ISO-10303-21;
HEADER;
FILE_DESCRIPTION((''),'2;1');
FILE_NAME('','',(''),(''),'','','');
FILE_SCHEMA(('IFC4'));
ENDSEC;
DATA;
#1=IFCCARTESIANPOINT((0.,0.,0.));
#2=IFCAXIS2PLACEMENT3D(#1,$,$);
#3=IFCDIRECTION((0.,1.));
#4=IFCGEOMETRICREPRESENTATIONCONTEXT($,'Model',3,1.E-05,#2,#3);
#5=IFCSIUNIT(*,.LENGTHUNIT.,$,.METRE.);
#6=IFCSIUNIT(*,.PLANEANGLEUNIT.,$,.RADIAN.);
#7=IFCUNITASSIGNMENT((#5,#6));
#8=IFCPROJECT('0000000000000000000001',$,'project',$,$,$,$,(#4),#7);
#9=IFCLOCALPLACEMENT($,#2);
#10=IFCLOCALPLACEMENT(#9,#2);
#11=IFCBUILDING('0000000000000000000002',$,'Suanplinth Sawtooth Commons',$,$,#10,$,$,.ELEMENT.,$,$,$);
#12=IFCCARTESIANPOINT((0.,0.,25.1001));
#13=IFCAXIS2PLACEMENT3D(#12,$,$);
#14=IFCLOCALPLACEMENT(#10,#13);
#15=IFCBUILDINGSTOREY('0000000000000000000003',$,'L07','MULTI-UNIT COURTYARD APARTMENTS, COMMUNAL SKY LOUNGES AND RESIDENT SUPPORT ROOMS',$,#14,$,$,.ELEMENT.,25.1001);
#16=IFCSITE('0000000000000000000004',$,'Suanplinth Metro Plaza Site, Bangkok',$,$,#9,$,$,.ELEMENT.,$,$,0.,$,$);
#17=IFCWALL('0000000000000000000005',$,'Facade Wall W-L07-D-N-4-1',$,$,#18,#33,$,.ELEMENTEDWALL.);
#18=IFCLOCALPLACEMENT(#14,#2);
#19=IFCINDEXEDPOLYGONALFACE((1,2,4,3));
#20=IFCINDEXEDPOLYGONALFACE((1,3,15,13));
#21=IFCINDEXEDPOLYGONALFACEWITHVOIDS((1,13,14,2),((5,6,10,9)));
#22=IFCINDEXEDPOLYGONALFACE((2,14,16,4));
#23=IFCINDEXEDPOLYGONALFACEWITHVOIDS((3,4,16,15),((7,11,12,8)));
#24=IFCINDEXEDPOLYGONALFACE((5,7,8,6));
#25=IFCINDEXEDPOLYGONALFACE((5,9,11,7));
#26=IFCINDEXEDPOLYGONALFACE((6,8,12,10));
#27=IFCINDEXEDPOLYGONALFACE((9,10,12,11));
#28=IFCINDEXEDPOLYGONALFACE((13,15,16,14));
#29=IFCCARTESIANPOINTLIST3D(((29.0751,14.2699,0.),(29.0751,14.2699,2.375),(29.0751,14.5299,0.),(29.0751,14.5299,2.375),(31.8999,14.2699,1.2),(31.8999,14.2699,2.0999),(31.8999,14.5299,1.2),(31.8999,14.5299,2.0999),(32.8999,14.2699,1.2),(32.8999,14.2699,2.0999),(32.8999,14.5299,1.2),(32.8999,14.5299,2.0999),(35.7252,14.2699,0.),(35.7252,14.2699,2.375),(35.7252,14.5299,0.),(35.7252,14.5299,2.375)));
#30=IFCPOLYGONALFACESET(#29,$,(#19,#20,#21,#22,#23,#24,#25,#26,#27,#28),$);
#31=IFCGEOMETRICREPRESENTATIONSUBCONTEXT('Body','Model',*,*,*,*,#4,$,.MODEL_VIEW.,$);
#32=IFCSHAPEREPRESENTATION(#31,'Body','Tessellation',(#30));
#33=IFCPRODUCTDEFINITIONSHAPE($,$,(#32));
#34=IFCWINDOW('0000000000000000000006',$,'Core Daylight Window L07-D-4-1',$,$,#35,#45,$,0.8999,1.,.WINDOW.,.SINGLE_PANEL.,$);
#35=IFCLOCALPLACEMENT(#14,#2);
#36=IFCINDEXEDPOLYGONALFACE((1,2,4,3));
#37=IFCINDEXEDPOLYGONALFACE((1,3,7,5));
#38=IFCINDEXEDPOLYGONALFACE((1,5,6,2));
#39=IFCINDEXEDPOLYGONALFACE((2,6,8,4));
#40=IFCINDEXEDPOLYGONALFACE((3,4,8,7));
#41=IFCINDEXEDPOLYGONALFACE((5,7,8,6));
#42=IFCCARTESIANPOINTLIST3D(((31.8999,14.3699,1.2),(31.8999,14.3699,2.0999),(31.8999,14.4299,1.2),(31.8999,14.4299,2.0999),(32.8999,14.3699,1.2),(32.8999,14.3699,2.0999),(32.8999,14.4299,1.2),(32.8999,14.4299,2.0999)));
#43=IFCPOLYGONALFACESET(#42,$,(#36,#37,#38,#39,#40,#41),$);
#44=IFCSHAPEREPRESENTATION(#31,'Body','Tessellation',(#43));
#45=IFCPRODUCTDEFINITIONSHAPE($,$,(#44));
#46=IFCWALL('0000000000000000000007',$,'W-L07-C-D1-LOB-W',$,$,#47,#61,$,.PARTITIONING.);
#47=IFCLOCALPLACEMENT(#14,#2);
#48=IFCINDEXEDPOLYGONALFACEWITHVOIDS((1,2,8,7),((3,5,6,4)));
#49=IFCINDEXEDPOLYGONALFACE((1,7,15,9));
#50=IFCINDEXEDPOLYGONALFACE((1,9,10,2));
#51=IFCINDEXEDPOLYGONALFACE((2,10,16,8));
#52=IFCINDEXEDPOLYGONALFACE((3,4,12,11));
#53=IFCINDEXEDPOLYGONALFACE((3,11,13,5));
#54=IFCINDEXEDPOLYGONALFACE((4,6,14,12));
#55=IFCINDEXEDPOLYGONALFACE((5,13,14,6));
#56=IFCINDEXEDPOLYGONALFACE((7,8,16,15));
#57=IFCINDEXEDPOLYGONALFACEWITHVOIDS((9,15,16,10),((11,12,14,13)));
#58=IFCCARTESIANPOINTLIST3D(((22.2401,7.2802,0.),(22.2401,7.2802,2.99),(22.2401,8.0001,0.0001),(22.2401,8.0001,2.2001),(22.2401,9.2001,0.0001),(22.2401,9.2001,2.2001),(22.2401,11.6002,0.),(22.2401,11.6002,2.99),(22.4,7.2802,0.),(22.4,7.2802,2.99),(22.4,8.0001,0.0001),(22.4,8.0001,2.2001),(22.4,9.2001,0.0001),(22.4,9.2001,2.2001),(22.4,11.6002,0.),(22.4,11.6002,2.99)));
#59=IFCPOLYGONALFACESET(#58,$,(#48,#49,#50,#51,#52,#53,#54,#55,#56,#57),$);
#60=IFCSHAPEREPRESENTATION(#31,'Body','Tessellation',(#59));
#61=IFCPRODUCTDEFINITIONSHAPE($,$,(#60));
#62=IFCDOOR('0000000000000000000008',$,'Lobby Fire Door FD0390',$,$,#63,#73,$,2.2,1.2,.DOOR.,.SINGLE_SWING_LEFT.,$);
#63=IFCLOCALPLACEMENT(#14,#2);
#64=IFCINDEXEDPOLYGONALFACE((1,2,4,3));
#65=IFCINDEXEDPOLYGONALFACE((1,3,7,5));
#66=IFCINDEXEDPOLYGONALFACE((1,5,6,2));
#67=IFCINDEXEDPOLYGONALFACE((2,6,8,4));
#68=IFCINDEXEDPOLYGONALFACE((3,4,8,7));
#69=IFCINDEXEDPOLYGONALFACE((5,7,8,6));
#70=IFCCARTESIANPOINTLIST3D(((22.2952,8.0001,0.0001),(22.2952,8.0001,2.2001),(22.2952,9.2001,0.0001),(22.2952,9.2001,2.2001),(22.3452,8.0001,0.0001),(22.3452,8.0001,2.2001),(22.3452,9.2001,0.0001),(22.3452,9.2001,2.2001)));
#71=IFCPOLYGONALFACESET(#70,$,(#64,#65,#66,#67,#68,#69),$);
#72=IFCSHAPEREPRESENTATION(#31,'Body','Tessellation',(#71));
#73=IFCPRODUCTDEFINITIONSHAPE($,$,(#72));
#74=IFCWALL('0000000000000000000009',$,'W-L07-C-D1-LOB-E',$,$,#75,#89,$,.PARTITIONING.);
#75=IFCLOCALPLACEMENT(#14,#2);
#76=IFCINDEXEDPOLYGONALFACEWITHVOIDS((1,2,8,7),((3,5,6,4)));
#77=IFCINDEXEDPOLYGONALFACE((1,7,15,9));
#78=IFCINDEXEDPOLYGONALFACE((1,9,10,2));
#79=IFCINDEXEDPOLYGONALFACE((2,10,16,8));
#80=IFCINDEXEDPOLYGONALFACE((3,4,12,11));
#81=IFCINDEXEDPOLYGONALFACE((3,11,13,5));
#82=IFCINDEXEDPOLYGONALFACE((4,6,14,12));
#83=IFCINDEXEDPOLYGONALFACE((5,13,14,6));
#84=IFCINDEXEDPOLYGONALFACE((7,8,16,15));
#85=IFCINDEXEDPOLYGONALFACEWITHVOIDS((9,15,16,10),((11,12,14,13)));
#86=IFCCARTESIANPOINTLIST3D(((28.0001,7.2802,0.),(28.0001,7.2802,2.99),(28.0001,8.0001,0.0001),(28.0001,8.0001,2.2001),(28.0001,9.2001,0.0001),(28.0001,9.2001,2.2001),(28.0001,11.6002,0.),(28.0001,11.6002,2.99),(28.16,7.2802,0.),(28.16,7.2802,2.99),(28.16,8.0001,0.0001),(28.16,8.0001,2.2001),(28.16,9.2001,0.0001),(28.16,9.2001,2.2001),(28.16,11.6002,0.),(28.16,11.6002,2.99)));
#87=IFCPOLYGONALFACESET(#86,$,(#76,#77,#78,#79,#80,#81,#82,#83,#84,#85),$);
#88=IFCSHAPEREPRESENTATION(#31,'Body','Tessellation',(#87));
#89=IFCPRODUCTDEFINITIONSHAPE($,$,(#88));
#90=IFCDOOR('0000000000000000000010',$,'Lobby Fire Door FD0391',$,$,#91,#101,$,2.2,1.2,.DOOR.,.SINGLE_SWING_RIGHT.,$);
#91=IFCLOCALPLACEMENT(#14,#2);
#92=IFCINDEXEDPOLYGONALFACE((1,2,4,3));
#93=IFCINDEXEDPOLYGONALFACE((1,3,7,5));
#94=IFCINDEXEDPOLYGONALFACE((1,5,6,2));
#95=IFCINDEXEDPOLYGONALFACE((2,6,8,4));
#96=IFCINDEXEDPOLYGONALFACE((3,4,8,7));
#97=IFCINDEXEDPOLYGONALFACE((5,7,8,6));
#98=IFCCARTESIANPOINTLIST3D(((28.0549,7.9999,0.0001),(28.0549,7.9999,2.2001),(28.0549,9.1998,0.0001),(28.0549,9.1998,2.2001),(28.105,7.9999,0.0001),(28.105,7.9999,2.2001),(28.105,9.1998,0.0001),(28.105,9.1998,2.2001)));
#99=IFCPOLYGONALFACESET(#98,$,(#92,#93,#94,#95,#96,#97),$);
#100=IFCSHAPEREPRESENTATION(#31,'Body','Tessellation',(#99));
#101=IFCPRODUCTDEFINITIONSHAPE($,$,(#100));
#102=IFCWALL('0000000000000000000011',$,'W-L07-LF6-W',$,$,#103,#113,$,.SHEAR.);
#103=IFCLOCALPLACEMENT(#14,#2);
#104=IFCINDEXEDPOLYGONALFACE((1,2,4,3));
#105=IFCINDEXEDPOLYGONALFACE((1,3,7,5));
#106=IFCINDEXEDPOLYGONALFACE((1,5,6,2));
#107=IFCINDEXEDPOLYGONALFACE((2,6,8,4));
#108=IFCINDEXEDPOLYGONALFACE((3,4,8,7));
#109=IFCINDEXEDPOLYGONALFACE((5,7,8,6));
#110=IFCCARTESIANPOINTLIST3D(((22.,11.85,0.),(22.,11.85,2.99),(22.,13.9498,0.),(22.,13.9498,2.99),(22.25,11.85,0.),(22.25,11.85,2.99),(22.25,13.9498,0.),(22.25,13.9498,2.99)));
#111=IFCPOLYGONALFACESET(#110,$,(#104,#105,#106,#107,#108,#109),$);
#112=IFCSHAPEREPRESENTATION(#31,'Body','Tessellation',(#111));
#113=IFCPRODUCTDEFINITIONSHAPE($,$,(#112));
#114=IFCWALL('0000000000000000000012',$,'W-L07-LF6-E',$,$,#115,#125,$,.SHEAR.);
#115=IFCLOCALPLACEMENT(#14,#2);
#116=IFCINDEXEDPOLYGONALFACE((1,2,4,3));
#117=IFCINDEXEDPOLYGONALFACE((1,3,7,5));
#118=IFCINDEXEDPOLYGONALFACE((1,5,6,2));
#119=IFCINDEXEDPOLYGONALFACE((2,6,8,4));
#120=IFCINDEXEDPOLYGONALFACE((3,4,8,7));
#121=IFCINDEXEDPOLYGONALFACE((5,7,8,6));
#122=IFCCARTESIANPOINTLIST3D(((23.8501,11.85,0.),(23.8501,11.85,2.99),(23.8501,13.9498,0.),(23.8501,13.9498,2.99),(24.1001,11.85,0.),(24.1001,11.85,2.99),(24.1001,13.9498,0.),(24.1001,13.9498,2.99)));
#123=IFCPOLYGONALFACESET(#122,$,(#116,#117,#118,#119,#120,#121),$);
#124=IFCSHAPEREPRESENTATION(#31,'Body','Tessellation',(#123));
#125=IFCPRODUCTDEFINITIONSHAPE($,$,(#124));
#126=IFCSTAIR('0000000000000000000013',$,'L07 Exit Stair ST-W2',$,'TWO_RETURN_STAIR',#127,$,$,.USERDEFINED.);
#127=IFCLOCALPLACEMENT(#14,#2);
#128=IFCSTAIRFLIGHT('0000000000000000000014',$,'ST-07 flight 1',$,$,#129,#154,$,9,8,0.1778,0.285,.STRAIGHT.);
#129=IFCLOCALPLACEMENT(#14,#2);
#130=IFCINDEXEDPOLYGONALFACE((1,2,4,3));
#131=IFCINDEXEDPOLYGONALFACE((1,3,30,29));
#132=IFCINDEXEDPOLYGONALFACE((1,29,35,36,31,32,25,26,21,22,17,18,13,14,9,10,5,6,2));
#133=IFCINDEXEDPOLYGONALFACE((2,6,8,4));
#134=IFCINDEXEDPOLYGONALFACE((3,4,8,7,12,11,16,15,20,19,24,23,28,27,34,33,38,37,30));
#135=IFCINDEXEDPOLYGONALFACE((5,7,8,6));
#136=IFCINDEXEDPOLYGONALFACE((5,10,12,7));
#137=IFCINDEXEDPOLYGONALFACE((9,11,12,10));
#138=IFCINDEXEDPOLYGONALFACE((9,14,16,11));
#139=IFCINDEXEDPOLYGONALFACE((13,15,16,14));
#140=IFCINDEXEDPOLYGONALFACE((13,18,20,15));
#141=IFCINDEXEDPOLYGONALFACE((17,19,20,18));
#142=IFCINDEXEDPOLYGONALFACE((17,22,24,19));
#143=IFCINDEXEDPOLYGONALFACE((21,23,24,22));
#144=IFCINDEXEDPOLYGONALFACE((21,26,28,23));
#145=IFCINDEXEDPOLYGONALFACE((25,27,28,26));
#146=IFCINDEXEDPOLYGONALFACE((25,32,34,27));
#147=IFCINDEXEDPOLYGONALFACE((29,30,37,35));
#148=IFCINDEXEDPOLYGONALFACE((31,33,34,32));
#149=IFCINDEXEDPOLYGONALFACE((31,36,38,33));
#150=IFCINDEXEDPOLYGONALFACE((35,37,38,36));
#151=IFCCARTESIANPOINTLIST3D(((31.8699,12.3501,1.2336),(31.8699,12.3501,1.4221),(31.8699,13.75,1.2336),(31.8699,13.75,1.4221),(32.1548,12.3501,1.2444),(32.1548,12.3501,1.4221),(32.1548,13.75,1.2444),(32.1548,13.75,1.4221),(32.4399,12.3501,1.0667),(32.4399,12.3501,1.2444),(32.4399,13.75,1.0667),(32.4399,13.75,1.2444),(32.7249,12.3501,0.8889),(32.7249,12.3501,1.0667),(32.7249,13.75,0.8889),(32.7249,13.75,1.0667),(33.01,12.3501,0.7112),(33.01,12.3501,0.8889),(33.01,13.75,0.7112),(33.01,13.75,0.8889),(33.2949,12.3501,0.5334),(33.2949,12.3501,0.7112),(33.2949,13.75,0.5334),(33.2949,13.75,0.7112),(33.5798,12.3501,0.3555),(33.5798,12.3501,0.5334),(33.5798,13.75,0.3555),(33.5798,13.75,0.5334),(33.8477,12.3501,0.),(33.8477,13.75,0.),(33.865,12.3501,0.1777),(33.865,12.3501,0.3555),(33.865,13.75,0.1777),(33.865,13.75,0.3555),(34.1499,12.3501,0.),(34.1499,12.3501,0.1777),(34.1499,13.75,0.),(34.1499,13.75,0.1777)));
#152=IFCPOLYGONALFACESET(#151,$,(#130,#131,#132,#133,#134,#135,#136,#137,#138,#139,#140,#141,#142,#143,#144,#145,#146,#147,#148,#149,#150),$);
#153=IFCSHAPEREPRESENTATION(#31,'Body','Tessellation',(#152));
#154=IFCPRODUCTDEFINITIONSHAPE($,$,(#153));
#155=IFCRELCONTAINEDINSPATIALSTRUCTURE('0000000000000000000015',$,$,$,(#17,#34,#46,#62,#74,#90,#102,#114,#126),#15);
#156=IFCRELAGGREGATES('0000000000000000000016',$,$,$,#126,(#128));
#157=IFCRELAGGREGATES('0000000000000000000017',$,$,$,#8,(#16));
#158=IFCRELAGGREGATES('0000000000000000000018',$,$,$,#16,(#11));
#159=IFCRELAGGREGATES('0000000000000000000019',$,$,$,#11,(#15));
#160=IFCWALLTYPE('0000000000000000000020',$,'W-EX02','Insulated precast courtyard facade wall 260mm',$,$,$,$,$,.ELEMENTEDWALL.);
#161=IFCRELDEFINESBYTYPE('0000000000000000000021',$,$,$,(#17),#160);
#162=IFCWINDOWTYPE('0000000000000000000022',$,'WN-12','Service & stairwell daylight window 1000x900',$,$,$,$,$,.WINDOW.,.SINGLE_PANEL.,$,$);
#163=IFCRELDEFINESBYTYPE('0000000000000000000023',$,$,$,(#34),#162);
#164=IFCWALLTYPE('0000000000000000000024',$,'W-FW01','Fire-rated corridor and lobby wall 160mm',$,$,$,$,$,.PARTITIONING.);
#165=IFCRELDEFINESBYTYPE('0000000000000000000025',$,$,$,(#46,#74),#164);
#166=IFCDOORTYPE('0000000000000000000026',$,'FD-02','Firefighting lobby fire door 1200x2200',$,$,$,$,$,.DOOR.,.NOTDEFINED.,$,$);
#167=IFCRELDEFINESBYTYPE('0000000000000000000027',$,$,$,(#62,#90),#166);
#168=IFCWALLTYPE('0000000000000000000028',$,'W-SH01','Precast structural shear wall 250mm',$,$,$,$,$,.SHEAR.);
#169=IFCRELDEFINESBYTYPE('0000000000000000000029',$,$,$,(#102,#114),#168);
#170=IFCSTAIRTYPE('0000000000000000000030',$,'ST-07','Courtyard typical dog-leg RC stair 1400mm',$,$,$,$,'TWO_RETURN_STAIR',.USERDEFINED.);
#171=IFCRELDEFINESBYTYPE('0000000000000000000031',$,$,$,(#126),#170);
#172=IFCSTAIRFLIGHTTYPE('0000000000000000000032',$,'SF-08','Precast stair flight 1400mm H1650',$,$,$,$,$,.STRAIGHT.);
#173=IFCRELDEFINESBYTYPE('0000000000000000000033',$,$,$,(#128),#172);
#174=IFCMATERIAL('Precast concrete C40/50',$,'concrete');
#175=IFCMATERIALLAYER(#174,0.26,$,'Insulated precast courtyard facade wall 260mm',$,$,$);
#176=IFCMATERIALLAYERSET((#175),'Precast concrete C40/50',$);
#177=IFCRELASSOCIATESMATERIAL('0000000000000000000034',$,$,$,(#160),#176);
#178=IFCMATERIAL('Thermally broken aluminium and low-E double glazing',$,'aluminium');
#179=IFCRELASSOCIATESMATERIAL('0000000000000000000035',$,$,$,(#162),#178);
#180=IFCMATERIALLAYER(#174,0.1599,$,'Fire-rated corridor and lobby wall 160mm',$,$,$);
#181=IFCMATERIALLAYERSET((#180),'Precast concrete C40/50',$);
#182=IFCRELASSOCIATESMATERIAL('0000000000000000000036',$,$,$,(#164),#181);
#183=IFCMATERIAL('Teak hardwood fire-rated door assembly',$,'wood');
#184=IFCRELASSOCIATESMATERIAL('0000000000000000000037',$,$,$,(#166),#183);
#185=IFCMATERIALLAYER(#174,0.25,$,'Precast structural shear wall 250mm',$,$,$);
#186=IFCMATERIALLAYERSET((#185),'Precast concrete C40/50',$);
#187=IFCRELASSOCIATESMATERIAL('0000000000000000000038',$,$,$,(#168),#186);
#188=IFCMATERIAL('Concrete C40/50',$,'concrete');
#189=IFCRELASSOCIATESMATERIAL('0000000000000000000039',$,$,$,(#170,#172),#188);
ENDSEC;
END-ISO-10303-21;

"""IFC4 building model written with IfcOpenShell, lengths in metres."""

from ifc_helpers import new_model, si_unit, direction, frame, frame_2d, origin, place, context, subcontext, project, spatial, polyline, rectangle, outline, extrude, material, layer, layer_set, type_object, element, fill, aggregate, save


model = new_model("IFC4")

# Units and contexts
model_context = context("Model", 3, precision=1e-05, world=origin(), true_north=direction((0.0, 1.0)))
body_context = subcontext(model_context, "Body", "Model", "MODEL_VIEW")
ifc_project = project(units=[si_unit("LENGTHUNIT", "METRE"), si_unit("PLANEANGLEUNIT", "RADIAN")], contexts=[model_context])

# Site, building, storey
site_placement = place(None, origin())
site = spatial("IfcSite", under=ifc_project, at=site_placement, Name="Suanplinth Metro Plaza Site, Bangkok", CompositionType="ELEMENT", RefElevation=0.0)
building_placement = place(site_placement, origin())
building = spatial("IfcBuilding", under=site, at=building_placement, Name="Suanplinth Sawtooth Commons", CompositionType="ELEMENT")
storey_placement = place(building_placement, frame((0.0, 0.0, 25.1001)))
storey = spatial("IfcBuildingStorey", under=building, at=storey_placement, Name="L07", Description="MULTI-UNIT COURTYARD APARTMENTS, COMMUNAL SKY LOUNGES AND RESIDENT SUPPORT ROOMS", CompositionType="ELEMENT", Elevation=25.1001)

# Shared definitions
ifc_material_1 = material(Name="Precast concrete C40/50", Category="concrete")

# Shared definitions
ifc_material_2 = material(Name="Concrete C40/50", Category="concrete")
ifc_material_3 = material(Name="Teak hardwood fire-rated door assembly", Category="wood")

# Wall, opening, window
ifc_layer_1 = layer(ifc_material_1, 0.26, Name="Insulated precast courtyard facade wall 260mm")
ifc_layer_set_1 = layer_set([ifc_layer_1], Name="Precast concrete C40/50")
wall_type_1 = type_object("IfcWallType", Name="W-EX02", Description="Insulated precast courtyard facade wall 260mm", PredefinedType="ELEMENTEDWALL", material=ifc_layer_set_1)
wall_1_placement = place(storey_placement, frame((29.075, 14.3999, 0.0), z_axis=(0.0, 0.0, 1.0), x_axis=(1.0, 0.0, 0.0)))
wall_1 = element("IfcWall", 1, at=wall_1_placement, inside=storey, type_object=wall_type_1, Name="Facade Wall W-L07-D-N-4-1", PredefinedType="ELEMENTEDWALL", context=body_context, shape_type="SweptSolid", body=[
    extrude(rectangle(XDim=6.6501, YDim=0.26, at=frame_2d((3.3252, 0.0))), origin(), (0.0, 0.0, 1.0), 2.375),
])
opening_1_placement = place(wall_1_placement, frame((2.825, 0.0, 1.2)))
opening_1 = element("IfcOpeningElement", 2, at=opening_1_placement, cuts=wall_1, PredefinedType="OPENING", context=body_context, shape_type="SweptSolid", body=[
    extrude(rectangle(XDim=1.0, YDim=0.8999, at=frame_2d((0.5, 0.45))), frame((0.0, 0.145, 0.0), z_axis=(0.0, -1.0, 0.0), x_axis=(1.0, 0.0, 0.0)), (0.0, 0.0, 1.0), 0.2898),
])
ifc_material_4 = material(Name="Thermally broken aluminium and low-E double glazing", Category="aluminium")
window_type = type_object("IfcWindowType", Name="WN-12", Description="Service & stairwell daylight window 1000x900", PartitioningType="SINGLE_PANEL", PredefinedType="WINDOW", material=ifc_material_4)
window_placement = place(opening_1_placement, origin())
window = element("IfcWindow", 3, at=window_placement, inside=storey, type_object=window_type, Name="Core Daylight Window L07-D-4-1", OverallHeight=0.8999, OverallWidth=1.0, PartitioningType="SINGLE_PANEL", PredefinedType="WINDOW", context=body_context, shape_type="SweptSolid", body=[
    extrude(rectangle(XDim=1.0, YDim=0.8999, at=frame_2d((0.5, 0.45))), frame((0.0, 0.03, 0.0), z_axis=(0.0, -1.0, 0.0), x_axis=(1.0, 0.0, 0.0)), (0.0, 0.0, 1.0), 0.0601),
])
fill(opening_1, window)

# Walls, openings, doors
ifc_layer_2 = layer(ifc_material_1, 0.1599, Name="Fire-rated corridor and lobby wall 160mm")
ifc_layer_set_2 = layer_set([ifc_layer_2], Name="Precast concrete C40/50")
wall_type_2 = type_object("IfcWallType", Name="W-FW01", Description="Fire-rated corridor and lobby wall 160mm", PredefinedType="PARTITIONING", material=ifc_layer_set_2)
wall_2_placement = place(storey_placement, frame((22.3201, 7.28, 0.0), z_axis=(0.0, 0.0, 1.0), x_axis=(0.0, 1.0, 0.0)))
wall_2 = element("IfcWall", 4, at=wall_2_placement, inside=storey, type_object=wall_type_2, Name="W-L07-C-D1-LOB-W", PredefinedType="PARTITIONING", context=body_context, shape_type="SweptSolid", body=[
    extrude(rectangle(XDim=4.3201, YDim=0.1599, at=frame_2d((2.1602, 0.0))), origin(), (0.0, 0.0, 1.0), 2.99),
])
opening_2_placement = place(wall_2_placement, frame((0.72, 0.0, 0.0)))
opening_2 = element("IfcOpeningElement", 5, at=opening_2_placement, cuts=wall_2, PredefinedType="OPENING", context=body_context, shape_type="SweptSolid", body=[
    extrude(rectangle(XDim=1.2, YDim=2.2, at=frame_2d((0.6001, 1.1001))), frame((0.0, 0.0947, 0.0), z_axis=(0.0, -1.0, 0.0), x_axis=(1.0, 0.0, 0.0)), (0.0, 0.0, 1.0), 0.1897),
])
door_type_1 = type_object("IfcDoorType", Name="FD-02", Description="Firefighting lobby fire door 1200x2200", OperationType="NOTDEFINED", PredefinedType="DOOR", material=ifc_material_3)
door_1_placement = place(opening_2_placement, origin())
door_1 = element("IfcDoor", 6, at=door_1_placement, inside=storey, type_object=door_type_1, Name="Lobby Fire Door FD0390", OperationType="SINGLE_SWING_LEFT", OverallHeight=2.2, OverallWidth=1.2, PredefinedType="DOOR", context=body_context, shape_type="SweptSolid", body=[
    extrude(rectangle(XDim=1.2, YDim=2.2, at=frame_2d((0.6001, 1.1001))), frame((0.0, 0.0249, 0.0), z_axis=(0.0, -1.0, 0.0), x_axis=(1.0, 0.0, 0.0)), (0.0, 0.0, 1.0), 0.05),
])
fill(opening_2, door_1)
wall_3_placement = place(storey_placement, frame((28.0801, 7.28, 0.0), z_axis=(0.0, 0.0, 1.0), x_axis=(0.0, 1.0, 0.0)))
wall_3 = element("IfcWall", 7, at=wall_3_placement, inside=storey, type_object=wall_type_2, Name="W-L07-C-D1-LOB-E", PredefinedType="PARTITIONING", context=body_context, shape_type="SweptSolid", body=[
    extrude(rectangle(XDim=4.3201, YDim=0.1599, at=frame_2d((2.1602, 0.0))), origin(), (0.0, 0.0, 1.0), 2.99),
])
opening_3_placement = place(wall_3_placement, frame((0.72, 0.0, 0.0)))
opening_3 = element("IfcOpeningElement", 8, at=opening_3_placement, cuts=wall_3, PredefinedType="OPENING", context=body_context, shape_type="SweptSolid", body=[
    extrude(rectangle(XDim=1.2, YDim=2.2, at=frame_2d((0.6001, 1.1001))), frame((0.0, 0.0947, 0.0), z_axis=(0.0, -1.0, 0.0), x_axis=(1.0, 0.0, 0.0)), (0.0, 0.0, 1.0), 0.1897),
])
door_2_placement = place(opening_3_placement, frame((1.2, 0.0, 0.0), z_axis=(0.0, 0.0, 1.0), x_axis=(-1.0, 0.0, 0.0)))
door_2 = element("IfcDoor", 9, at=door_2_placement, inside=storey, type_object=door_type_1, Name="Lobby Fire Door FD0391", OperationType="SINGLE_SWING_RIGHT", OverallHeight=2.2, OverallWidth=1.2, PredefinedType="DOOR", context=body_context, shape_type="SweptSolid", body=[
    extrude(rectangle(XDim=1.2, YDim=2.2, at=frame_2d((0.6001, 1.1001))), frame((0.0, 0.0249, 0.0), z_axis=(0.0, -1.0, 0.0), x_axis=(1.0, 0.0, 0.0)), (0.0, 0.0, 1.0), 0.05),
])
fill(opening_3, door_2)

# Walls
ifc_layer_3 = layer(ifc_material_1, 0.25, Name="Precast structural shear wall 250mm")
ifc_layer_set_3 = layer_set([ifc_layer_3], Name="Precast concrete C40/50")
wall_type_3 = type_object("IfcWallType", Name="W-SH01", Description="Precast structural shear wall 250mm", PredefinedType="SHEAR", material=ifc_layer_set_3)
for number, where, z_axis, x_axis, name in (
    (10, (22.125, 11.8501, 0.0), (0.0, 0.0, 1.0), (0.0, 1.0, 0.0), "W-L07-LF6-W"),
    (11, (23.9751, 11.8501, 0.0), (0.0, 0.0, 1.0), (0.0, 1.0, 0.0), "W-L07-LF6-E"),
):
    element("IfcWall", number, at=place(storey_placement, frame(where, z_axis=z_axis, x_axis=x_axis)), inside=storey, type_object=wall_type_3, Name=name, PredefinedType="SHEAR", context=body_context, shape_type="SweptSolid", body=[
        extrude(rectangle(XDim=2.0999, YDim=0.25, at=frame_2d((1.0498, 0.0))), origin(), (0.0, 0.0, 1.0), 2.99),
    ])

# Stair, stair flight
stair_type = type_object("IfcStairType", Name="ST-07", Description="Courtyard typical dog-leg RC stair 1400mm", ElementType="TWO_RETURN_STAIR", PredefinedType="USERDEFINED", material=ifc_material_2)
stair_placement = place(storey_placement, origin())
stair = element("IfcStair", 12, at=stair_placement, inside=storey, type_object=stair_type, Name="L07 Exit Stair ST-W2", ObjectType="TWO_RETURN_STAIR", PredefinedType="USERDEFINED")
stair_flight_type = type_object("IfcStairFlightType", Name="SF-08", Description="Precast stair flight 1400mm H1650", PredefinedType="STRAIGHT", material=ifc_material_2)
stair_flight_1_placement = place(storey_placement, frame((34.1499, 13.05, 0.0), z_axis=(0.0, 0.0, 1.0), x_axis=(-1.0, 0.0, 0.0)))
stair_flight_1 = element("IfcStairFlight", 13, at=stair_flight_1_placement, type_object=stair_flight_type, Name="ST-07 flight 1", NumberOfRisers=9, NumberOfTreads=8, PredefinedType="STRAIGHT", RiserHeight=0.1778, TreadLength=0.285, context=body_context, shape_type="SweptSolid", body=[
    extrude(outline(polyline([(0.0, 0.0), (0.0, 0.1777), (0.2849, 0.1777), (0.2849, 0.3555), (0.5701, 0.3555), (0.5701, 0.5334), (0.855, 0.5334), (0.855, 0.7112), (1.1399, 0.7112), (1.1399, 0.8889), (1.425, 0.8889), (1.425, 1.0667), (1.71, 1.0667), (1.71, 1.2444), (1.9951, 1.2444), (1.9951, 1.4221), (2.28, 1.4221), (2.28, 1.6001), (2.28, 1.2336), (0.3022, 0.0), (0.0, 0.0)])), frame((0.0, 0.7, 0.0), z_axis=(0.0, -1.0, 0.0), x_axis=(1.0, 0.0, 0.0)), (0.0, 0.0, 1.0), 1.3999),
])
aggregate(stair, [stair_flight_1])

save(model, "model.ifc")
